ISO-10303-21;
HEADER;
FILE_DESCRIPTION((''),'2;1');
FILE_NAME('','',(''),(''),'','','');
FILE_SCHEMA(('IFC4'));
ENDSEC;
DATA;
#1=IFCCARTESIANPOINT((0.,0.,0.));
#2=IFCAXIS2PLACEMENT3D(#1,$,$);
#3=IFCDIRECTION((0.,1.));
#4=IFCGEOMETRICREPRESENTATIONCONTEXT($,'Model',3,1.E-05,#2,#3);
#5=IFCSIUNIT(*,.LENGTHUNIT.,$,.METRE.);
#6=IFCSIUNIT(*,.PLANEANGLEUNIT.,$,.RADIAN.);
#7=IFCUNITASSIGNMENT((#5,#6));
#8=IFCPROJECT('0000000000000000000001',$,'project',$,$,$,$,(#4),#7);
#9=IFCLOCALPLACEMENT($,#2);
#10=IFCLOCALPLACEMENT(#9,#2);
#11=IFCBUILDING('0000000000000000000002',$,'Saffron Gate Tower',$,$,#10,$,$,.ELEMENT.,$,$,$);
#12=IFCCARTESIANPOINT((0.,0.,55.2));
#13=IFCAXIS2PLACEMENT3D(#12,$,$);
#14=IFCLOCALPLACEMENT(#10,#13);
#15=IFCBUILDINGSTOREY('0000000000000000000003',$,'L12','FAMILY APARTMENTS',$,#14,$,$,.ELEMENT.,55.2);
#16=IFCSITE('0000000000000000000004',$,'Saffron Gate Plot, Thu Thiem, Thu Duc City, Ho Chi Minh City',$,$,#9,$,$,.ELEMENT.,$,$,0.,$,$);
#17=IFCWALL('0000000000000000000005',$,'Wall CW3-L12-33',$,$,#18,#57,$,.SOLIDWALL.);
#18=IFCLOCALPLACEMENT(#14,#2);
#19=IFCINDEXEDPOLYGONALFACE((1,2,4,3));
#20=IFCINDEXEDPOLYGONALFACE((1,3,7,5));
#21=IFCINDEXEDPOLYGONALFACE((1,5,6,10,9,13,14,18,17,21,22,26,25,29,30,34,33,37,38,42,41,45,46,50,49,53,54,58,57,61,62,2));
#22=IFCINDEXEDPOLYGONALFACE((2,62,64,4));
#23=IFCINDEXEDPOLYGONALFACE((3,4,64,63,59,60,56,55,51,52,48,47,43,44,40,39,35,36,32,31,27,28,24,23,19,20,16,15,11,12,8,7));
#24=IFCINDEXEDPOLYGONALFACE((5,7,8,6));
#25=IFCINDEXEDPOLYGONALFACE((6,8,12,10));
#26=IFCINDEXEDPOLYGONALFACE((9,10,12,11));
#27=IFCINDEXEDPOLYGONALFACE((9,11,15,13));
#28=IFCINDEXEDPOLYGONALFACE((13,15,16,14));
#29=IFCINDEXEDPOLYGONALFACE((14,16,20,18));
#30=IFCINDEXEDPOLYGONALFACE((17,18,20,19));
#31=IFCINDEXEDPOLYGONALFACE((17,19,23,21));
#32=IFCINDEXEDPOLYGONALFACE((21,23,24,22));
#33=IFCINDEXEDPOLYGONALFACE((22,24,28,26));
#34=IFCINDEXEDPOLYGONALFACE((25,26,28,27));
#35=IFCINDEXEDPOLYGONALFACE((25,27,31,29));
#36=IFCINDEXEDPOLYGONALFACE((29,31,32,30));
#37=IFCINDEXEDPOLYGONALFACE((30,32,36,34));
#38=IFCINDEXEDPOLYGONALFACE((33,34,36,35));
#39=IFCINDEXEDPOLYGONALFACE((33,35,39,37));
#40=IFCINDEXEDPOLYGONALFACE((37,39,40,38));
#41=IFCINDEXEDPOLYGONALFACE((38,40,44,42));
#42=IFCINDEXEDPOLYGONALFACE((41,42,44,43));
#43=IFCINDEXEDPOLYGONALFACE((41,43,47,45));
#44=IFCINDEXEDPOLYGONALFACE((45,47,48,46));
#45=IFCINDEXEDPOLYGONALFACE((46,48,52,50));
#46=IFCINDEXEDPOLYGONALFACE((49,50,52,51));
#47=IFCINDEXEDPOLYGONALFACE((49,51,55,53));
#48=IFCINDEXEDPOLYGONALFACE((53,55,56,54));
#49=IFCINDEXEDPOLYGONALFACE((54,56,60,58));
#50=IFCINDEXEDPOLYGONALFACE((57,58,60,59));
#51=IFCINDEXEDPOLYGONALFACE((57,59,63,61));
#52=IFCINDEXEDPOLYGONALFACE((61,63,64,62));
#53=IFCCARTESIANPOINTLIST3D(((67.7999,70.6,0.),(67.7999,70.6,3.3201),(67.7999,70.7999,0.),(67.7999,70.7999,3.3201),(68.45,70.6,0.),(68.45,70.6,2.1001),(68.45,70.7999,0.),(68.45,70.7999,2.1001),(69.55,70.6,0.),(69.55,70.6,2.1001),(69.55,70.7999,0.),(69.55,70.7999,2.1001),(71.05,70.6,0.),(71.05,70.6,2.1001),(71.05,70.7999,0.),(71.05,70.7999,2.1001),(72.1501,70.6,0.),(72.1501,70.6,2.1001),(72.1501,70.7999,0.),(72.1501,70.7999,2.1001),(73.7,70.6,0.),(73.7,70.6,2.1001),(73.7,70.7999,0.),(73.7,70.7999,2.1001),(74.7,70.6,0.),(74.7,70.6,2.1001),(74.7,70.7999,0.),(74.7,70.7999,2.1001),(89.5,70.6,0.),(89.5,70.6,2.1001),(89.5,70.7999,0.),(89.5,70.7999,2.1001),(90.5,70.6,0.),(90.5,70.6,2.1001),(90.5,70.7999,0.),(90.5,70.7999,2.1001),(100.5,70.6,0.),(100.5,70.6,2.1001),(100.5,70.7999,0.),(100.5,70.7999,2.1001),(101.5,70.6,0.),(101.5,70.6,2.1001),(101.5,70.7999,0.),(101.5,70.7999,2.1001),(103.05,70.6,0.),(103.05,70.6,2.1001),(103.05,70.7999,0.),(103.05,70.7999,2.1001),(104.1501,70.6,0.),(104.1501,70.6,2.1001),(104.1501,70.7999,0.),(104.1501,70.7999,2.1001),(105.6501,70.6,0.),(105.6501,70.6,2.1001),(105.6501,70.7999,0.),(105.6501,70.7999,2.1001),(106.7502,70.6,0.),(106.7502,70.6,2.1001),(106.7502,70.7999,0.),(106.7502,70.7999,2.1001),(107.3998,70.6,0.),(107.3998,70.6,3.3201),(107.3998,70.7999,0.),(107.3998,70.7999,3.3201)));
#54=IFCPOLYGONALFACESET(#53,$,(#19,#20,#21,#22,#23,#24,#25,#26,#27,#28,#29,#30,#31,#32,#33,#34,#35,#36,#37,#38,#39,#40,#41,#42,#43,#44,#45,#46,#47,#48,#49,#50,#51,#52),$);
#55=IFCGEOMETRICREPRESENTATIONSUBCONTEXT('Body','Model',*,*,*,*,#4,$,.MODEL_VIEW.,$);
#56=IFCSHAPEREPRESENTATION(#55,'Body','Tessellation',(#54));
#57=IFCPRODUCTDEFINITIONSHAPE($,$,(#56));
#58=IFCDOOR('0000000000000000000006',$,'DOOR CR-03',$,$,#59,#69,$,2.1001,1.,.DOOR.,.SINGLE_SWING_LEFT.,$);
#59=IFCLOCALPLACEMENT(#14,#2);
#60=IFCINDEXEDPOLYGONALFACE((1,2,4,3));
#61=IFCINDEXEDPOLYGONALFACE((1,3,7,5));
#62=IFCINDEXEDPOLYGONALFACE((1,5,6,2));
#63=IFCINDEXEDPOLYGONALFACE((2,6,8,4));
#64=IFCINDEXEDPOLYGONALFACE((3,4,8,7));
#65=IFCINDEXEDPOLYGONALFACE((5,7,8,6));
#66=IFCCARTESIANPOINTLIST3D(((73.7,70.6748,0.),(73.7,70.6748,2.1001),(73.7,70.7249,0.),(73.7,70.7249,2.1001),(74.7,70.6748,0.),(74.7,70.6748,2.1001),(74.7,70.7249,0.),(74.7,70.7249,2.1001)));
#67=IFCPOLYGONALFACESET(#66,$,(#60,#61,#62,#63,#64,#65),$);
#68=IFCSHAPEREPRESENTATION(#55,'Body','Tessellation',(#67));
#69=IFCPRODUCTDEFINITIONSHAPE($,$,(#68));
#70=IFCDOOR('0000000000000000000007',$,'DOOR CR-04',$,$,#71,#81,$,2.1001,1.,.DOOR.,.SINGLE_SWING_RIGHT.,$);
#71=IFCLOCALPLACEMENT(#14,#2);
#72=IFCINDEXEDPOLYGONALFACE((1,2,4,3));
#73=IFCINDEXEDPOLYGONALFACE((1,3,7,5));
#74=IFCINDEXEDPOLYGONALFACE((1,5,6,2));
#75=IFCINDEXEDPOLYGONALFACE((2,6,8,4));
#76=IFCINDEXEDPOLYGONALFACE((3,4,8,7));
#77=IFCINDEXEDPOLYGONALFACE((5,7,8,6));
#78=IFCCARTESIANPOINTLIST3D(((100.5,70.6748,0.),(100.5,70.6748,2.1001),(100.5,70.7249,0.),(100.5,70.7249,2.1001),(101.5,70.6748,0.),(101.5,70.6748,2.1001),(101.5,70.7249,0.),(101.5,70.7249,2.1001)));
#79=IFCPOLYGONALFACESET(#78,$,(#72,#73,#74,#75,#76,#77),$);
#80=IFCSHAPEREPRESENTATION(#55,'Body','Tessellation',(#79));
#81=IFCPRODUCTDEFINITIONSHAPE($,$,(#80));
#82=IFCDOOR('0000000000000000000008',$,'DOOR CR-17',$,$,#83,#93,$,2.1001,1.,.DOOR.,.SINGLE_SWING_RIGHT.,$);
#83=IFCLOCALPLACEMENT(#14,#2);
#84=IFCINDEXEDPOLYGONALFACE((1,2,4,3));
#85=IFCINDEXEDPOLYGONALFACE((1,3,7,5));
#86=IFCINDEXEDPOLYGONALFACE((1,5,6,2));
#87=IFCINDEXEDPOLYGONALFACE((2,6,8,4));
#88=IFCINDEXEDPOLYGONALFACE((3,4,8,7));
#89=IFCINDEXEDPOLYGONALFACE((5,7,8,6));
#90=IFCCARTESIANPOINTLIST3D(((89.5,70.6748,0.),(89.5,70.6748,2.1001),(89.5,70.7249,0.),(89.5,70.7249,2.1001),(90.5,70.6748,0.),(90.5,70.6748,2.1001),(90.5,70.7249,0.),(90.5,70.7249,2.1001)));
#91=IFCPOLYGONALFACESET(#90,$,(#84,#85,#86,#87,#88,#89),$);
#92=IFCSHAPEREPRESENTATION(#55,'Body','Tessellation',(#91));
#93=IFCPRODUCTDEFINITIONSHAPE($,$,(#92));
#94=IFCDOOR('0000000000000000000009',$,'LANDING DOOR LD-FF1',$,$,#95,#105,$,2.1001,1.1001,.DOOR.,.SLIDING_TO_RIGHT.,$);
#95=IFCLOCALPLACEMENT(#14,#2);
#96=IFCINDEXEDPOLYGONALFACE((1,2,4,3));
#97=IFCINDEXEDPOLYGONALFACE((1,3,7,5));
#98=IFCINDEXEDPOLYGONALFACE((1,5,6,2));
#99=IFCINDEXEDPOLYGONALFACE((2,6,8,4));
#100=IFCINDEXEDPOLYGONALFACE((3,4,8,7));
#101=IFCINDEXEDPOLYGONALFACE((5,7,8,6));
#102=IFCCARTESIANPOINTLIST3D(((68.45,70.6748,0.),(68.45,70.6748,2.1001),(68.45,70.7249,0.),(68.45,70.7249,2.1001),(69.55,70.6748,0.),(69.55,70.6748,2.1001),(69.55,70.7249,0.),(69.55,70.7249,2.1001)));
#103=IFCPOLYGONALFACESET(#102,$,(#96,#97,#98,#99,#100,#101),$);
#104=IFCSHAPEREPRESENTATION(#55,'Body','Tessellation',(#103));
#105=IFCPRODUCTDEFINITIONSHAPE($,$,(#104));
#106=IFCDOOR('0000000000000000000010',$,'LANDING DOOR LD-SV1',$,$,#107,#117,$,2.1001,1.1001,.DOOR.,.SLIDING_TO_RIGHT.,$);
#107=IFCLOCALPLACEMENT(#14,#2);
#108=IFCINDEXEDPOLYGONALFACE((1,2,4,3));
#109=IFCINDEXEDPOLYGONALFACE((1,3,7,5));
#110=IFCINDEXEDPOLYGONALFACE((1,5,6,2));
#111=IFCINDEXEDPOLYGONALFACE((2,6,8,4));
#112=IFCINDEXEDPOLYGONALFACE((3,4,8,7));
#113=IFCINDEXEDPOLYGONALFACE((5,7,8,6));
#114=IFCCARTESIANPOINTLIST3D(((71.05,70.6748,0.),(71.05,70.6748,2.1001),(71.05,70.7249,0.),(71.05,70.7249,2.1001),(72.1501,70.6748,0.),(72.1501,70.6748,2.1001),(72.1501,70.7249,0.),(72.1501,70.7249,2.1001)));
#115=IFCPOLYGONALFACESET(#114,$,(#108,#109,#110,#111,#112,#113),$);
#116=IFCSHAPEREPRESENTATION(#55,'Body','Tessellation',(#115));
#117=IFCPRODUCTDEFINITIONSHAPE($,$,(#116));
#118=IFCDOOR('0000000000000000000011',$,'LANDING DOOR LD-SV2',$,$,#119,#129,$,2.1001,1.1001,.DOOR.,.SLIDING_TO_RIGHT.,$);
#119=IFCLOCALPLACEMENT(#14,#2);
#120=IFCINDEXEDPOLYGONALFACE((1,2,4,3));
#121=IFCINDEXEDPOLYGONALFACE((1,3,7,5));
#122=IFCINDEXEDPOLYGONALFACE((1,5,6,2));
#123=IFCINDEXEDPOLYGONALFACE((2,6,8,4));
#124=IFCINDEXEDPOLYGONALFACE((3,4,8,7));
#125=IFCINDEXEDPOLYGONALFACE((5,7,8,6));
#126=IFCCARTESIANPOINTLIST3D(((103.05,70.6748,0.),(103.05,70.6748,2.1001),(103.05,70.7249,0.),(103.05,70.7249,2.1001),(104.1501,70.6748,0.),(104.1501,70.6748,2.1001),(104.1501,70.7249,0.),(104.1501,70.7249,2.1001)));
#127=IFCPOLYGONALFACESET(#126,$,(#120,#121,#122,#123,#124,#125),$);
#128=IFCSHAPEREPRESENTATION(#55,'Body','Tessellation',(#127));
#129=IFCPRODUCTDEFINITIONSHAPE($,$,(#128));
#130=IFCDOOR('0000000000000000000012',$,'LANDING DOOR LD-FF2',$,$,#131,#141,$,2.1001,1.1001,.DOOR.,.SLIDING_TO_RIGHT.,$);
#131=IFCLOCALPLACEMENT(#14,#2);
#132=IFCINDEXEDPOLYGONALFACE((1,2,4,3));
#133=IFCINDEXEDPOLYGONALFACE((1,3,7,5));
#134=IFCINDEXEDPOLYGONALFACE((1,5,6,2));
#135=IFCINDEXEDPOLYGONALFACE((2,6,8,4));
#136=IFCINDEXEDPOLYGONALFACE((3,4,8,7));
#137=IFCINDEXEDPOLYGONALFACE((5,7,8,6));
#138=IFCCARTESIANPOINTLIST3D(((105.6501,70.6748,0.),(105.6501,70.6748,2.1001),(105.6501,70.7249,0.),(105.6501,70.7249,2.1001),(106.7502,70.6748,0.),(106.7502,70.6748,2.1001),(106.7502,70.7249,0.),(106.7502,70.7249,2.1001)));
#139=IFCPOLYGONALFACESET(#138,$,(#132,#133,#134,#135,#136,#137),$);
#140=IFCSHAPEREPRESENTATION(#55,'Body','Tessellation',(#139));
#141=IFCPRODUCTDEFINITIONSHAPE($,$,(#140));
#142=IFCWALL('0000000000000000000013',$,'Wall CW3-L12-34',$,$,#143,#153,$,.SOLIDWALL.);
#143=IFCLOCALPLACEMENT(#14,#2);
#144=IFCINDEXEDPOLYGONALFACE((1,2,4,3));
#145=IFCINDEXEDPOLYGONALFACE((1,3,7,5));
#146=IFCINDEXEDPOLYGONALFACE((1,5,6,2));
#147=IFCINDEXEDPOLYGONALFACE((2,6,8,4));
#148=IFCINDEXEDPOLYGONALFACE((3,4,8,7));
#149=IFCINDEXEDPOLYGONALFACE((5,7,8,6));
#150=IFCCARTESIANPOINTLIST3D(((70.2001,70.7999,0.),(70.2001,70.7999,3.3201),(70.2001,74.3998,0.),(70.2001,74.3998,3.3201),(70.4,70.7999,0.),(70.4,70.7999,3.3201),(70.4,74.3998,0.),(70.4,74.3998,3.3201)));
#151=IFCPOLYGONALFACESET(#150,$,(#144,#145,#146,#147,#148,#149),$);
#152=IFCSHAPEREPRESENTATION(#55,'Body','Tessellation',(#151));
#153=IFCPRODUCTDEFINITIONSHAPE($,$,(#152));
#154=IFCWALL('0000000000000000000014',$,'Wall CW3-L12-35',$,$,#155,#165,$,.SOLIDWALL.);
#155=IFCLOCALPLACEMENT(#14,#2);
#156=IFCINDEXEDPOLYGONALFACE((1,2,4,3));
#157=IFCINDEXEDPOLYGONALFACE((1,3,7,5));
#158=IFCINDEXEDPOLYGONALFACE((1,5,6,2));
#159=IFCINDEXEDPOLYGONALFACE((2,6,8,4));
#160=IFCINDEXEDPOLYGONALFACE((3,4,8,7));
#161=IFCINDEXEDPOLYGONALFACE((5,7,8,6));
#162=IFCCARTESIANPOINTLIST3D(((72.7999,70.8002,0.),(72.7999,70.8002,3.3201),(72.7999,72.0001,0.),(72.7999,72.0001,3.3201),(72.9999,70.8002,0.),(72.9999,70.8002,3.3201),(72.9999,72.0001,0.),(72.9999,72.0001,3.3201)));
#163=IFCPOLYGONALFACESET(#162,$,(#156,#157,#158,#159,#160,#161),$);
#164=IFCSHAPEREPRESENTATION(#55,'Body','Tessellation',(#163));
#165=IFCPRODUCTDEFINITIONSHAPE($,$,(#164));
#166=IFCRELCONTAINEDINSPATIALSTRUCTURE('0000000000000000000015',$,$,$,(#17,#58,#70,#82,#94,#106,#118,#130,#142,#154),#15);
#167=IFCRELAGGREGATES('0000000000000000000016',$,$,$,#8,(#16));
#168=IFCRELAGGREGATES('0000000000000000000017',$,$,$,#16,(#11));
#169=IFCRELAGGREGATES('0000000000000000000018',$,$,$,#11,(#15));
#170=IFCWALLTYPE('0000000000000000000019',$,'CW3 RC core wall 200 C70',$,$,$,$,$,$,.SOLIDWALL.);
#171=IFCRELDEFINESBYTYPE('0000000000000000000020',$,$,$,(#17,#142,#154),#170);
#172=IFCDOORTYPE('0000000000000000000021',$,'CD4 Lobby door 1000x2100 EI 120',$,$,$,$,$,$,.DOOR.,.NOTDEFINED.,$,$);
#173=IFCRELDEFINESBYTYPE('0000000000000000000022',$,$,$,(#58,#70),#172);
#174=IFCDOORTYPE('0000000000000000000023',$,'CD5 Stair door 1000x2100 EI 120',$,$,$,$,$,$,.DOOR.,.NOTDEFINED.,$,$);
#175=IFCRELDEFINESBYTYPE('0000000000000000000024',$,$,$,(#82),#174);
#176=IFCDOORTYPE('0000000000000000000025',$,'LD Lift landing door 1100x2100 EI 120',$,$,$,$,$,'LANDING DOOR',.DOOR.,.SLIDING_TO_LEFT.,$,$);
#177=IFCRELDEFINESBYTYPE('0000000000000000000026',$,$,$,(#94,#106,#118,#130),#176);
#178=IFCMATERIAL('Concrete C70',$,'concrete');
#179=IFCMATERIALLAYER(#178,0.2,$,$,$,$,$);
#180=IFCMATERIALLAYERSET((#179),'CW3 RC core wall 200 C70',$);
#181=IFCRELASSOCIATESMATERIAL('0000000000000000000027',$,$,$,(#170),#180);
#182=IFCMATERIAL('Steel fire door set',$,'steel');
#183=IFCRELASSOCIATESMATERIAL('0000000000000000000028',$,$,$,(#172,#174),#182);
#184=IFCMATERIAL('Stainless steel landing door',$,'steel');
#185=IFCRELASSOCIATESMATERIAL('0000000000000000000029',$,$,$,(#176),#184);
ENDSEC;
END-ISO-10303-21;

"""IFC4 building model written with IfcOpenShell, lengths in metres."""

from ifc_helpers import new_model, si_unit, direction, frame, frame_2d, origin, place, context, subcontext, project, spatial, rectangle, extrude, material, layer, layer_set, type_object, element, fill, save


model = new_model("IFC4")

# Units and contexts
model_context = context("Model", 3, precision=1e-05, world=origin(), true_north=direction((0.0, 1.0)))
body_context = subcontext(model_context, "Body", "Model", "MODEL_VIEW")
ifc_project = project(units=[si_unit("LENGTHUNIT", "METRE"), si_unit("PLANEANGLEUNIT", "RADIAN")], contexts=[model_context])

# Site, building, storey
site_placement = place(None, origin())
site = spatial("IfcSite", under=ifc_project, at=site_placement, Name="Saffron Gate Plot, Thu Thiem, Thu Duc City, Ho Chi Minh City", CompositionType="ELEMENT", RefElevation=0.0)
building_placement = place(site_placement, origin())
building = spatial("IfcBuilding", under=site, at=building_placement, Name="Saffron Gate Tower", CompositionType="ELEMENT")
storey_placement = place(building_placement, frame((0.0, 0.0, 55.2)))
storey = spatial("IfcBuildingStorey", under=building, at=storey_placement, Name="L12", Description="FAMILY APARTMENTS", CompositionType="ELEMENT", Elevation=55.2)

# Wall, openings, doors
ifc_material_1 = material(Name="Concrete C70", Category="concrete")
ifc_layer = layer(ifc_material_1, 0.2)
ifc_layer_set = layer_set([ifc_layer], Name="CW3 RC core wall 200 C70")
wall_type = type_object("IfcWallType", Name="CW3 RC core wall 200 C70", PredefinedType="SOLIDWALL", material=ifc_layer_set)
wall_1_placement = place(storey_placement, frame((67.8, 70.7, 0.0), z_axis=(0.0, 0.0, 1.0), x_axis=(1.0, 0.0, 0.0)))
wall_1 = element("IfcWall", 1, at=wall_1_placement, inside=storey, type_object=wall_type, Name="Wall CW3-L12-33", PredefinedType="SOLIDWALL", context=body_context, shape_type="SweptSolid", body=[
    extrude(rectangle(XDim=39.5999, YDim=0.2, at=frame_2d((19.7998, 0.0))), origin(), (0.0, 0.0, 1.0), 3.3201),
])
opening_1_placement = place(wall_1_placement, frame((0.6499, 0.0, 0.0)))
opening_1 = element("IfcOpeningElement", 2, at=opening_1_placement, cuts=wall_1, PredefinedType="OPENING", context=body_context, shape_type="SweptSolid", body=[
    extrude(rectangle(XDim=1.1001, YDim=2.1001, at=frame_2d((0.55, 1.05))), frame((0.0, 0.1099, 0.0), z_axis=(0.0, -1.0, 0.0), x_axis=(1.0, 0.0, 0.0)), (0.0, 0.0, 1.0), 0.22),
])
opening_2_placement = place(wall_1_placement, frame((3.25, 0.0, 0.0)))
opening_2 = element("IfcOpeningElement", 3, at=opening_2_placement, cuts=wall_1, PredefinedType="OPENING", context=body_context, shape_type="SweptSolid", body=[
    extrude(rectangle(XDim=1.1001, YDim=2.1001, at=frame_2d((0.55, 1.05))), frame((0.0, 0.1099, 0.0), z_axis=(0.0, -1.0, 0.0), x_axis=(1.0, 0.0, 0.0)), (0.0, 0.0, 1.0), 0.22),
])
opening_3_placement = place(wall_1_placement, frame((5.8999, 0.0, 0.0)))
opening_3 = element("IfcOpeningElement", 4, at=opening_3_placement, cuts=wall_1, PredefinedType="OPENING", context=body_context, shape_type="SweptSolid", body=[
    extrude(rectangle(XDim=1.0, YDim=2.1001, at=frame_2d((0.5, 1.05))), frame((0.0, 0.1099, 0.0), z_axis=(0.0, -1.0, 0.0), x_axis=(1.0, 0.0, 0.0)), (0.0, 0.0, 1.0), 0.22),
])
opening_4_placement = place(wall_1_placement, frame((21.7, 0.0, 0.0)))
opening_4 = element("IfcOpeningElement", 5, at=opening_4_placement, cuts=wall_1, PredefinedType="OPENING", context=body_context, shape_type="SweptSolid", body=[
    extrude(rectangle(XDim=1.0, YDim=2.1001, at=frame_2d((0.5, 1.05))), frame((0.0, 0.1099, 0.0), z_axis=(0.0, -1.0, 0.0), x_axis=(1.0, 0.0, 0.0)), (0.0, 0.0, 1.0), 0.22),
])
opening_5_placement = place(wall_1_placement, frame((32.7, 0.0, 0.0)))
opening_5 = element("IfcOpeningElement", 6, at=opening_5_placement, cuts=wall_1, PredefinedType="OPENING", context=body_context, shape_type="SweptSolid", body=[
    extrude(rectangle(XDim=1.0, YDim=2.1001, at=frame_2d((0.5, 1.05))), frame((0.0, 0.1099, 0.0), z_axis=(0.0, -1.0, 0.0), x_axis=(1.0, 0.0, 0.0)), (0.0, 0.0, 1.0), 0.22),
])
opening_6_placement = place(wall_1_placement, frame((35.25, 0.0, 0.0)))
opening_6 = element("IfcOpeningElement", 7, at=opening_6_placement, cuts=wall_1, PredefinedType="OPENING", context=body_context, shape_type="SweptSolid", body=[
    extrude(rectangle(XDim=1.1001, YDim=2.1001, at=frame_2d((0.55, 1.05))), frame((0.0, 0.1099, 0.0), z_axis=(0.0, -1.0, 0.0), x_axis=(1.0, 0.0, 0.0)), (0.0, 0.0, 1.0), 0.22),
])
opening_7_placement = place(wall_1_placement, frame((37.8501, 0.0, 0.0)))
opening_7 = element("IfcOpeningElement", 8, at=opening_7_placement, cuts=wall_1, PredefinedType="OPENING", context=body_context, shape_type="SweptSolid", body=[
    extrude(rectangle(XDim=1.1001, YDim=2.1001, at=frame_2d((0.55, 1.05))), frame((0.0, 0.1099, 0.0), z_axis=(0.0, -1.0, 0.0), x_axis=(1.0, 0.0, 0.0)), (0.0, 0.0, 1.0), 0.22),
])
ifc_material_2 = material(Name="Steel fire door set", Category="steel")
door_type_1 = type_object("IfcDoorType", Name="CD4 Lobby door 1000x2100 EI 120", OperationType="NOTDEFINED", PredefinedType="DOOR", material=ifc_material_2)
door_1_placement = place(opening_3_placement, origin())
door_1 = element("IfcDoor", 9, at=door_1_placement, inside=storey, type_object=door_type_1, Name="DOOR CR-03", OperationType="SINGLE_SWING_LEFT", OverallHeight=2.1001, OverallWidth=1.0, PredefinedType="DOOR", context=body_context, shape_type="SweptSolid", body=[
    extrude(rectangle(XDim=1.0, YDim=2.1001, at=frame_2d((0.5, 1.05))), frame((0.0, 0.0249, 0.0), z_axis=(0.0, -1.0, 0.0), x_axis=(1.0, 0.0, 0.0)), (0.0, 0.0, 1.0), 0.05),
])
fill(opening_3, door_1)
door_2_placement = place(opening_5_placement, origin())
door_2 = element("IfcDoor", 10, at=door_2_placement, inside=storey, type_object=door_type_1, Name="DOOR CR-04", OperationType="SINGLE_SWING_RIGHT", OverallHeight=2.1001, OverallWidth=1.0, PredefinedType="DOOR", context=body_context, shape_type="SweptSolid", body=[
    extrude(rectangle(XDim=1.0, YDim=2.1001, at=frame_2d((0.5, 1.05))), frame((0.0, 0.0249, 0.0), z_axis=(0.0, -1.0, 0.0), x_axis=(1.0, 0.0, 0.0)), (0.0, 0.0, 1.0), 0.05),
])
fill(opening_5, door_2)
door_type_2 = type_object("IfcDoorType", Name="CD5 Stair door 1000x2100 EI 120", OperationType="NOTDEFINED", PredefinedType="DOOR", material=ifc_material_2)
door_3_placement = place(opening_4_placement, origin())
door_3 = element("IfcDoor", 11, at=door_3_placement, inside=storey, type_object=door_type_2, Name="DOOR CR-17", OperationType="SINGLE_SWING_RIGHT", OverallHeight=2.1001, OverallWidth=1.0, PredefinedType="DOOR", context=body_context, shape_type="SweptSolid", body=[
    extrude(rectangle(XDim=1.0, YDim=2.1001, at=frame_2d((0.5, 1.05))), frame((0.0, 0.0249, 0.0), z_axis=(0.0, -1.0, 0.0), x_axis=(1.0, 0.0, 0.0)), (0.0, 0.0, 1.0), 0.05),
])
fill(opening_4, door_3)
ifc_material_3 = material(Name="Stainless steel landing door", Category="steel")
door_type_3 = type_object("IfcDoorType", Name="LD Lift landing door 1100x2100 EI 120", ElementType="LANDING DOOR", OperationType="SLIDING_TO_LEFT", PredefinedType="DOOR", material=ifc_material_3)
door_4_placement = place(opening_1_placement, origin())
door_4 = element("IfcDoor", 12, at=door_4_placement, inside=storey, type_object=door_type_3, Name="LANDING DOOR LD-FF1", OperationType="SLIDING_TO_RIGHT", OverallHeight=2.1001, OverallWidth=1.1001, PredefinedType="DOOR", context=body_context, shape_type="SweptSolid", body=[
    extrude(rectangle(XDim=1.1001, YDim=2.1001, at=frame_2d((0.55, 1.05))), frame((0.0, 0.0249, 0.0), z_axis=(0.0, -1.0, 0.0), x_axis=(1.0, 0.0, 0.0)), (0.0, 0.0, 1.0), 0.05),
])
fill(opening_1, door_4)
door_5_placement = place(opening_2_placement, origin())
door_5 = element("IfcDoor", 13, at=door_5_placement, inside=storey, type_object=door_type_3, Name="LANDING DOOR LD-SV1", OperationType="SLIDING_TO_RIGHT", OverallHeight=2.1001, OverallWidth=1.1001, PredefinedType="DOOR", context=body_context, shape_type="SweptSolid", body=[
    extrude(rectangle(XDim=1.1001, YDim=2.1001, at=frame_2d((0.55, 1.05))), frame((0.0, 0.0249, 0.0), z_axis=(0.0, -1.0, 0.0), x_axis=(1.0, 0.0, 0.0)), (0.0, 0.0, 1.0), 0.05),
])
fill(opening_2, door_5)
door_6_placement = place(opening_6_placement, origin())
door_6 = element("IfcDoor", 14, at=door_6_placement, inside=storey, type_object=door_type_3, Name="LANDING DOOR LD-SV2", OperationType="SLIDING_TO_RIGHT", OverallHeight=2.1001, OverallWidth=1.1001, PredefinedType="DOOR", context=body_context, shape_type="SweptSolid", body=[
    extrude(rectangle(XDim=1.1001, YDim=2.1001, at=frame_2d((0.55, 1.05))), frame((0.0, 0.0249, 0.0), z_axis=(0.0, -1.0, 0.0), x_axis=(1.0, 0.0, 0.0)), (0.0, 0.0, 1.0), 0.05),
])
fill(opening_6, door_6)
door_7_placement = place(opening_7_placement, origin())
door_7 = element("IfcDoor", 15, at=door_7_placement, inside=storey, type_object=door_type_3, Name="LANDING DOOR LD-FF2", OperationType="SLIDING_TO_RIGHT", OverallHeight=2.1001, OverallWidth=1.1001, PredefinedType="DOOR", context=body_context, shape_type="SweptSolid", body=[
    extrude(rectangle(XDim=1.1001, YDim=2.1001, at=frame_2d((0.55, 1.05))), frame((0.0, 0.0249, 0.0), z_axis=(0.0, -1.0, 0.0), x_axis=(1.0, 0.0, 0.0)), (0.0, 0.0, 1.0), 0.05),
])
fill(opening_7, door_7)

# Walls
wall_2_placement = place(storey_placement, frame((70.3, 70.8, 0.0), z_axis=(0.0, 0.0, 1.0), x_axis=(0.0, 1.0, 0.0)))
element("IfcWall", 16, at=wall_2_placement, inside=storey, type_object=wall_type, Name="Wall CW3-L12-34", PredefinedType="SOLIDWALL", context=body_context, shape_type="SweptSolid", body=[
    extrude(rectangle(XDim=3.5999, YDim=0.2, at=frame_2d((1.7998, 0.0))), origin(), (0.0, 0.0, 1.0), 3.3201),
])
wall_3_placement = place(storey_placement, frame((72.8999, 70.8, 0.0), z_axis=(0.0, 0.0, 1.0), x_axis=(0.0, 1.0, 0.0)))
element("IfcWall", 17, at=wall_3_placement, inside=storey, type_object=wall_type, Name="Wall CW3-L12-35", PredefinedType="SOLIDWALL", context=body_context, shape_type="SweptSolid", body=[
    extrude(rectangle(XDim=1.2, YDim=0.2, at=frame_2d((0.6001, 0.0))), origin(), (0.0, 0.0, 1.0), 3.3201),
])

save(model, "model.ifc")
